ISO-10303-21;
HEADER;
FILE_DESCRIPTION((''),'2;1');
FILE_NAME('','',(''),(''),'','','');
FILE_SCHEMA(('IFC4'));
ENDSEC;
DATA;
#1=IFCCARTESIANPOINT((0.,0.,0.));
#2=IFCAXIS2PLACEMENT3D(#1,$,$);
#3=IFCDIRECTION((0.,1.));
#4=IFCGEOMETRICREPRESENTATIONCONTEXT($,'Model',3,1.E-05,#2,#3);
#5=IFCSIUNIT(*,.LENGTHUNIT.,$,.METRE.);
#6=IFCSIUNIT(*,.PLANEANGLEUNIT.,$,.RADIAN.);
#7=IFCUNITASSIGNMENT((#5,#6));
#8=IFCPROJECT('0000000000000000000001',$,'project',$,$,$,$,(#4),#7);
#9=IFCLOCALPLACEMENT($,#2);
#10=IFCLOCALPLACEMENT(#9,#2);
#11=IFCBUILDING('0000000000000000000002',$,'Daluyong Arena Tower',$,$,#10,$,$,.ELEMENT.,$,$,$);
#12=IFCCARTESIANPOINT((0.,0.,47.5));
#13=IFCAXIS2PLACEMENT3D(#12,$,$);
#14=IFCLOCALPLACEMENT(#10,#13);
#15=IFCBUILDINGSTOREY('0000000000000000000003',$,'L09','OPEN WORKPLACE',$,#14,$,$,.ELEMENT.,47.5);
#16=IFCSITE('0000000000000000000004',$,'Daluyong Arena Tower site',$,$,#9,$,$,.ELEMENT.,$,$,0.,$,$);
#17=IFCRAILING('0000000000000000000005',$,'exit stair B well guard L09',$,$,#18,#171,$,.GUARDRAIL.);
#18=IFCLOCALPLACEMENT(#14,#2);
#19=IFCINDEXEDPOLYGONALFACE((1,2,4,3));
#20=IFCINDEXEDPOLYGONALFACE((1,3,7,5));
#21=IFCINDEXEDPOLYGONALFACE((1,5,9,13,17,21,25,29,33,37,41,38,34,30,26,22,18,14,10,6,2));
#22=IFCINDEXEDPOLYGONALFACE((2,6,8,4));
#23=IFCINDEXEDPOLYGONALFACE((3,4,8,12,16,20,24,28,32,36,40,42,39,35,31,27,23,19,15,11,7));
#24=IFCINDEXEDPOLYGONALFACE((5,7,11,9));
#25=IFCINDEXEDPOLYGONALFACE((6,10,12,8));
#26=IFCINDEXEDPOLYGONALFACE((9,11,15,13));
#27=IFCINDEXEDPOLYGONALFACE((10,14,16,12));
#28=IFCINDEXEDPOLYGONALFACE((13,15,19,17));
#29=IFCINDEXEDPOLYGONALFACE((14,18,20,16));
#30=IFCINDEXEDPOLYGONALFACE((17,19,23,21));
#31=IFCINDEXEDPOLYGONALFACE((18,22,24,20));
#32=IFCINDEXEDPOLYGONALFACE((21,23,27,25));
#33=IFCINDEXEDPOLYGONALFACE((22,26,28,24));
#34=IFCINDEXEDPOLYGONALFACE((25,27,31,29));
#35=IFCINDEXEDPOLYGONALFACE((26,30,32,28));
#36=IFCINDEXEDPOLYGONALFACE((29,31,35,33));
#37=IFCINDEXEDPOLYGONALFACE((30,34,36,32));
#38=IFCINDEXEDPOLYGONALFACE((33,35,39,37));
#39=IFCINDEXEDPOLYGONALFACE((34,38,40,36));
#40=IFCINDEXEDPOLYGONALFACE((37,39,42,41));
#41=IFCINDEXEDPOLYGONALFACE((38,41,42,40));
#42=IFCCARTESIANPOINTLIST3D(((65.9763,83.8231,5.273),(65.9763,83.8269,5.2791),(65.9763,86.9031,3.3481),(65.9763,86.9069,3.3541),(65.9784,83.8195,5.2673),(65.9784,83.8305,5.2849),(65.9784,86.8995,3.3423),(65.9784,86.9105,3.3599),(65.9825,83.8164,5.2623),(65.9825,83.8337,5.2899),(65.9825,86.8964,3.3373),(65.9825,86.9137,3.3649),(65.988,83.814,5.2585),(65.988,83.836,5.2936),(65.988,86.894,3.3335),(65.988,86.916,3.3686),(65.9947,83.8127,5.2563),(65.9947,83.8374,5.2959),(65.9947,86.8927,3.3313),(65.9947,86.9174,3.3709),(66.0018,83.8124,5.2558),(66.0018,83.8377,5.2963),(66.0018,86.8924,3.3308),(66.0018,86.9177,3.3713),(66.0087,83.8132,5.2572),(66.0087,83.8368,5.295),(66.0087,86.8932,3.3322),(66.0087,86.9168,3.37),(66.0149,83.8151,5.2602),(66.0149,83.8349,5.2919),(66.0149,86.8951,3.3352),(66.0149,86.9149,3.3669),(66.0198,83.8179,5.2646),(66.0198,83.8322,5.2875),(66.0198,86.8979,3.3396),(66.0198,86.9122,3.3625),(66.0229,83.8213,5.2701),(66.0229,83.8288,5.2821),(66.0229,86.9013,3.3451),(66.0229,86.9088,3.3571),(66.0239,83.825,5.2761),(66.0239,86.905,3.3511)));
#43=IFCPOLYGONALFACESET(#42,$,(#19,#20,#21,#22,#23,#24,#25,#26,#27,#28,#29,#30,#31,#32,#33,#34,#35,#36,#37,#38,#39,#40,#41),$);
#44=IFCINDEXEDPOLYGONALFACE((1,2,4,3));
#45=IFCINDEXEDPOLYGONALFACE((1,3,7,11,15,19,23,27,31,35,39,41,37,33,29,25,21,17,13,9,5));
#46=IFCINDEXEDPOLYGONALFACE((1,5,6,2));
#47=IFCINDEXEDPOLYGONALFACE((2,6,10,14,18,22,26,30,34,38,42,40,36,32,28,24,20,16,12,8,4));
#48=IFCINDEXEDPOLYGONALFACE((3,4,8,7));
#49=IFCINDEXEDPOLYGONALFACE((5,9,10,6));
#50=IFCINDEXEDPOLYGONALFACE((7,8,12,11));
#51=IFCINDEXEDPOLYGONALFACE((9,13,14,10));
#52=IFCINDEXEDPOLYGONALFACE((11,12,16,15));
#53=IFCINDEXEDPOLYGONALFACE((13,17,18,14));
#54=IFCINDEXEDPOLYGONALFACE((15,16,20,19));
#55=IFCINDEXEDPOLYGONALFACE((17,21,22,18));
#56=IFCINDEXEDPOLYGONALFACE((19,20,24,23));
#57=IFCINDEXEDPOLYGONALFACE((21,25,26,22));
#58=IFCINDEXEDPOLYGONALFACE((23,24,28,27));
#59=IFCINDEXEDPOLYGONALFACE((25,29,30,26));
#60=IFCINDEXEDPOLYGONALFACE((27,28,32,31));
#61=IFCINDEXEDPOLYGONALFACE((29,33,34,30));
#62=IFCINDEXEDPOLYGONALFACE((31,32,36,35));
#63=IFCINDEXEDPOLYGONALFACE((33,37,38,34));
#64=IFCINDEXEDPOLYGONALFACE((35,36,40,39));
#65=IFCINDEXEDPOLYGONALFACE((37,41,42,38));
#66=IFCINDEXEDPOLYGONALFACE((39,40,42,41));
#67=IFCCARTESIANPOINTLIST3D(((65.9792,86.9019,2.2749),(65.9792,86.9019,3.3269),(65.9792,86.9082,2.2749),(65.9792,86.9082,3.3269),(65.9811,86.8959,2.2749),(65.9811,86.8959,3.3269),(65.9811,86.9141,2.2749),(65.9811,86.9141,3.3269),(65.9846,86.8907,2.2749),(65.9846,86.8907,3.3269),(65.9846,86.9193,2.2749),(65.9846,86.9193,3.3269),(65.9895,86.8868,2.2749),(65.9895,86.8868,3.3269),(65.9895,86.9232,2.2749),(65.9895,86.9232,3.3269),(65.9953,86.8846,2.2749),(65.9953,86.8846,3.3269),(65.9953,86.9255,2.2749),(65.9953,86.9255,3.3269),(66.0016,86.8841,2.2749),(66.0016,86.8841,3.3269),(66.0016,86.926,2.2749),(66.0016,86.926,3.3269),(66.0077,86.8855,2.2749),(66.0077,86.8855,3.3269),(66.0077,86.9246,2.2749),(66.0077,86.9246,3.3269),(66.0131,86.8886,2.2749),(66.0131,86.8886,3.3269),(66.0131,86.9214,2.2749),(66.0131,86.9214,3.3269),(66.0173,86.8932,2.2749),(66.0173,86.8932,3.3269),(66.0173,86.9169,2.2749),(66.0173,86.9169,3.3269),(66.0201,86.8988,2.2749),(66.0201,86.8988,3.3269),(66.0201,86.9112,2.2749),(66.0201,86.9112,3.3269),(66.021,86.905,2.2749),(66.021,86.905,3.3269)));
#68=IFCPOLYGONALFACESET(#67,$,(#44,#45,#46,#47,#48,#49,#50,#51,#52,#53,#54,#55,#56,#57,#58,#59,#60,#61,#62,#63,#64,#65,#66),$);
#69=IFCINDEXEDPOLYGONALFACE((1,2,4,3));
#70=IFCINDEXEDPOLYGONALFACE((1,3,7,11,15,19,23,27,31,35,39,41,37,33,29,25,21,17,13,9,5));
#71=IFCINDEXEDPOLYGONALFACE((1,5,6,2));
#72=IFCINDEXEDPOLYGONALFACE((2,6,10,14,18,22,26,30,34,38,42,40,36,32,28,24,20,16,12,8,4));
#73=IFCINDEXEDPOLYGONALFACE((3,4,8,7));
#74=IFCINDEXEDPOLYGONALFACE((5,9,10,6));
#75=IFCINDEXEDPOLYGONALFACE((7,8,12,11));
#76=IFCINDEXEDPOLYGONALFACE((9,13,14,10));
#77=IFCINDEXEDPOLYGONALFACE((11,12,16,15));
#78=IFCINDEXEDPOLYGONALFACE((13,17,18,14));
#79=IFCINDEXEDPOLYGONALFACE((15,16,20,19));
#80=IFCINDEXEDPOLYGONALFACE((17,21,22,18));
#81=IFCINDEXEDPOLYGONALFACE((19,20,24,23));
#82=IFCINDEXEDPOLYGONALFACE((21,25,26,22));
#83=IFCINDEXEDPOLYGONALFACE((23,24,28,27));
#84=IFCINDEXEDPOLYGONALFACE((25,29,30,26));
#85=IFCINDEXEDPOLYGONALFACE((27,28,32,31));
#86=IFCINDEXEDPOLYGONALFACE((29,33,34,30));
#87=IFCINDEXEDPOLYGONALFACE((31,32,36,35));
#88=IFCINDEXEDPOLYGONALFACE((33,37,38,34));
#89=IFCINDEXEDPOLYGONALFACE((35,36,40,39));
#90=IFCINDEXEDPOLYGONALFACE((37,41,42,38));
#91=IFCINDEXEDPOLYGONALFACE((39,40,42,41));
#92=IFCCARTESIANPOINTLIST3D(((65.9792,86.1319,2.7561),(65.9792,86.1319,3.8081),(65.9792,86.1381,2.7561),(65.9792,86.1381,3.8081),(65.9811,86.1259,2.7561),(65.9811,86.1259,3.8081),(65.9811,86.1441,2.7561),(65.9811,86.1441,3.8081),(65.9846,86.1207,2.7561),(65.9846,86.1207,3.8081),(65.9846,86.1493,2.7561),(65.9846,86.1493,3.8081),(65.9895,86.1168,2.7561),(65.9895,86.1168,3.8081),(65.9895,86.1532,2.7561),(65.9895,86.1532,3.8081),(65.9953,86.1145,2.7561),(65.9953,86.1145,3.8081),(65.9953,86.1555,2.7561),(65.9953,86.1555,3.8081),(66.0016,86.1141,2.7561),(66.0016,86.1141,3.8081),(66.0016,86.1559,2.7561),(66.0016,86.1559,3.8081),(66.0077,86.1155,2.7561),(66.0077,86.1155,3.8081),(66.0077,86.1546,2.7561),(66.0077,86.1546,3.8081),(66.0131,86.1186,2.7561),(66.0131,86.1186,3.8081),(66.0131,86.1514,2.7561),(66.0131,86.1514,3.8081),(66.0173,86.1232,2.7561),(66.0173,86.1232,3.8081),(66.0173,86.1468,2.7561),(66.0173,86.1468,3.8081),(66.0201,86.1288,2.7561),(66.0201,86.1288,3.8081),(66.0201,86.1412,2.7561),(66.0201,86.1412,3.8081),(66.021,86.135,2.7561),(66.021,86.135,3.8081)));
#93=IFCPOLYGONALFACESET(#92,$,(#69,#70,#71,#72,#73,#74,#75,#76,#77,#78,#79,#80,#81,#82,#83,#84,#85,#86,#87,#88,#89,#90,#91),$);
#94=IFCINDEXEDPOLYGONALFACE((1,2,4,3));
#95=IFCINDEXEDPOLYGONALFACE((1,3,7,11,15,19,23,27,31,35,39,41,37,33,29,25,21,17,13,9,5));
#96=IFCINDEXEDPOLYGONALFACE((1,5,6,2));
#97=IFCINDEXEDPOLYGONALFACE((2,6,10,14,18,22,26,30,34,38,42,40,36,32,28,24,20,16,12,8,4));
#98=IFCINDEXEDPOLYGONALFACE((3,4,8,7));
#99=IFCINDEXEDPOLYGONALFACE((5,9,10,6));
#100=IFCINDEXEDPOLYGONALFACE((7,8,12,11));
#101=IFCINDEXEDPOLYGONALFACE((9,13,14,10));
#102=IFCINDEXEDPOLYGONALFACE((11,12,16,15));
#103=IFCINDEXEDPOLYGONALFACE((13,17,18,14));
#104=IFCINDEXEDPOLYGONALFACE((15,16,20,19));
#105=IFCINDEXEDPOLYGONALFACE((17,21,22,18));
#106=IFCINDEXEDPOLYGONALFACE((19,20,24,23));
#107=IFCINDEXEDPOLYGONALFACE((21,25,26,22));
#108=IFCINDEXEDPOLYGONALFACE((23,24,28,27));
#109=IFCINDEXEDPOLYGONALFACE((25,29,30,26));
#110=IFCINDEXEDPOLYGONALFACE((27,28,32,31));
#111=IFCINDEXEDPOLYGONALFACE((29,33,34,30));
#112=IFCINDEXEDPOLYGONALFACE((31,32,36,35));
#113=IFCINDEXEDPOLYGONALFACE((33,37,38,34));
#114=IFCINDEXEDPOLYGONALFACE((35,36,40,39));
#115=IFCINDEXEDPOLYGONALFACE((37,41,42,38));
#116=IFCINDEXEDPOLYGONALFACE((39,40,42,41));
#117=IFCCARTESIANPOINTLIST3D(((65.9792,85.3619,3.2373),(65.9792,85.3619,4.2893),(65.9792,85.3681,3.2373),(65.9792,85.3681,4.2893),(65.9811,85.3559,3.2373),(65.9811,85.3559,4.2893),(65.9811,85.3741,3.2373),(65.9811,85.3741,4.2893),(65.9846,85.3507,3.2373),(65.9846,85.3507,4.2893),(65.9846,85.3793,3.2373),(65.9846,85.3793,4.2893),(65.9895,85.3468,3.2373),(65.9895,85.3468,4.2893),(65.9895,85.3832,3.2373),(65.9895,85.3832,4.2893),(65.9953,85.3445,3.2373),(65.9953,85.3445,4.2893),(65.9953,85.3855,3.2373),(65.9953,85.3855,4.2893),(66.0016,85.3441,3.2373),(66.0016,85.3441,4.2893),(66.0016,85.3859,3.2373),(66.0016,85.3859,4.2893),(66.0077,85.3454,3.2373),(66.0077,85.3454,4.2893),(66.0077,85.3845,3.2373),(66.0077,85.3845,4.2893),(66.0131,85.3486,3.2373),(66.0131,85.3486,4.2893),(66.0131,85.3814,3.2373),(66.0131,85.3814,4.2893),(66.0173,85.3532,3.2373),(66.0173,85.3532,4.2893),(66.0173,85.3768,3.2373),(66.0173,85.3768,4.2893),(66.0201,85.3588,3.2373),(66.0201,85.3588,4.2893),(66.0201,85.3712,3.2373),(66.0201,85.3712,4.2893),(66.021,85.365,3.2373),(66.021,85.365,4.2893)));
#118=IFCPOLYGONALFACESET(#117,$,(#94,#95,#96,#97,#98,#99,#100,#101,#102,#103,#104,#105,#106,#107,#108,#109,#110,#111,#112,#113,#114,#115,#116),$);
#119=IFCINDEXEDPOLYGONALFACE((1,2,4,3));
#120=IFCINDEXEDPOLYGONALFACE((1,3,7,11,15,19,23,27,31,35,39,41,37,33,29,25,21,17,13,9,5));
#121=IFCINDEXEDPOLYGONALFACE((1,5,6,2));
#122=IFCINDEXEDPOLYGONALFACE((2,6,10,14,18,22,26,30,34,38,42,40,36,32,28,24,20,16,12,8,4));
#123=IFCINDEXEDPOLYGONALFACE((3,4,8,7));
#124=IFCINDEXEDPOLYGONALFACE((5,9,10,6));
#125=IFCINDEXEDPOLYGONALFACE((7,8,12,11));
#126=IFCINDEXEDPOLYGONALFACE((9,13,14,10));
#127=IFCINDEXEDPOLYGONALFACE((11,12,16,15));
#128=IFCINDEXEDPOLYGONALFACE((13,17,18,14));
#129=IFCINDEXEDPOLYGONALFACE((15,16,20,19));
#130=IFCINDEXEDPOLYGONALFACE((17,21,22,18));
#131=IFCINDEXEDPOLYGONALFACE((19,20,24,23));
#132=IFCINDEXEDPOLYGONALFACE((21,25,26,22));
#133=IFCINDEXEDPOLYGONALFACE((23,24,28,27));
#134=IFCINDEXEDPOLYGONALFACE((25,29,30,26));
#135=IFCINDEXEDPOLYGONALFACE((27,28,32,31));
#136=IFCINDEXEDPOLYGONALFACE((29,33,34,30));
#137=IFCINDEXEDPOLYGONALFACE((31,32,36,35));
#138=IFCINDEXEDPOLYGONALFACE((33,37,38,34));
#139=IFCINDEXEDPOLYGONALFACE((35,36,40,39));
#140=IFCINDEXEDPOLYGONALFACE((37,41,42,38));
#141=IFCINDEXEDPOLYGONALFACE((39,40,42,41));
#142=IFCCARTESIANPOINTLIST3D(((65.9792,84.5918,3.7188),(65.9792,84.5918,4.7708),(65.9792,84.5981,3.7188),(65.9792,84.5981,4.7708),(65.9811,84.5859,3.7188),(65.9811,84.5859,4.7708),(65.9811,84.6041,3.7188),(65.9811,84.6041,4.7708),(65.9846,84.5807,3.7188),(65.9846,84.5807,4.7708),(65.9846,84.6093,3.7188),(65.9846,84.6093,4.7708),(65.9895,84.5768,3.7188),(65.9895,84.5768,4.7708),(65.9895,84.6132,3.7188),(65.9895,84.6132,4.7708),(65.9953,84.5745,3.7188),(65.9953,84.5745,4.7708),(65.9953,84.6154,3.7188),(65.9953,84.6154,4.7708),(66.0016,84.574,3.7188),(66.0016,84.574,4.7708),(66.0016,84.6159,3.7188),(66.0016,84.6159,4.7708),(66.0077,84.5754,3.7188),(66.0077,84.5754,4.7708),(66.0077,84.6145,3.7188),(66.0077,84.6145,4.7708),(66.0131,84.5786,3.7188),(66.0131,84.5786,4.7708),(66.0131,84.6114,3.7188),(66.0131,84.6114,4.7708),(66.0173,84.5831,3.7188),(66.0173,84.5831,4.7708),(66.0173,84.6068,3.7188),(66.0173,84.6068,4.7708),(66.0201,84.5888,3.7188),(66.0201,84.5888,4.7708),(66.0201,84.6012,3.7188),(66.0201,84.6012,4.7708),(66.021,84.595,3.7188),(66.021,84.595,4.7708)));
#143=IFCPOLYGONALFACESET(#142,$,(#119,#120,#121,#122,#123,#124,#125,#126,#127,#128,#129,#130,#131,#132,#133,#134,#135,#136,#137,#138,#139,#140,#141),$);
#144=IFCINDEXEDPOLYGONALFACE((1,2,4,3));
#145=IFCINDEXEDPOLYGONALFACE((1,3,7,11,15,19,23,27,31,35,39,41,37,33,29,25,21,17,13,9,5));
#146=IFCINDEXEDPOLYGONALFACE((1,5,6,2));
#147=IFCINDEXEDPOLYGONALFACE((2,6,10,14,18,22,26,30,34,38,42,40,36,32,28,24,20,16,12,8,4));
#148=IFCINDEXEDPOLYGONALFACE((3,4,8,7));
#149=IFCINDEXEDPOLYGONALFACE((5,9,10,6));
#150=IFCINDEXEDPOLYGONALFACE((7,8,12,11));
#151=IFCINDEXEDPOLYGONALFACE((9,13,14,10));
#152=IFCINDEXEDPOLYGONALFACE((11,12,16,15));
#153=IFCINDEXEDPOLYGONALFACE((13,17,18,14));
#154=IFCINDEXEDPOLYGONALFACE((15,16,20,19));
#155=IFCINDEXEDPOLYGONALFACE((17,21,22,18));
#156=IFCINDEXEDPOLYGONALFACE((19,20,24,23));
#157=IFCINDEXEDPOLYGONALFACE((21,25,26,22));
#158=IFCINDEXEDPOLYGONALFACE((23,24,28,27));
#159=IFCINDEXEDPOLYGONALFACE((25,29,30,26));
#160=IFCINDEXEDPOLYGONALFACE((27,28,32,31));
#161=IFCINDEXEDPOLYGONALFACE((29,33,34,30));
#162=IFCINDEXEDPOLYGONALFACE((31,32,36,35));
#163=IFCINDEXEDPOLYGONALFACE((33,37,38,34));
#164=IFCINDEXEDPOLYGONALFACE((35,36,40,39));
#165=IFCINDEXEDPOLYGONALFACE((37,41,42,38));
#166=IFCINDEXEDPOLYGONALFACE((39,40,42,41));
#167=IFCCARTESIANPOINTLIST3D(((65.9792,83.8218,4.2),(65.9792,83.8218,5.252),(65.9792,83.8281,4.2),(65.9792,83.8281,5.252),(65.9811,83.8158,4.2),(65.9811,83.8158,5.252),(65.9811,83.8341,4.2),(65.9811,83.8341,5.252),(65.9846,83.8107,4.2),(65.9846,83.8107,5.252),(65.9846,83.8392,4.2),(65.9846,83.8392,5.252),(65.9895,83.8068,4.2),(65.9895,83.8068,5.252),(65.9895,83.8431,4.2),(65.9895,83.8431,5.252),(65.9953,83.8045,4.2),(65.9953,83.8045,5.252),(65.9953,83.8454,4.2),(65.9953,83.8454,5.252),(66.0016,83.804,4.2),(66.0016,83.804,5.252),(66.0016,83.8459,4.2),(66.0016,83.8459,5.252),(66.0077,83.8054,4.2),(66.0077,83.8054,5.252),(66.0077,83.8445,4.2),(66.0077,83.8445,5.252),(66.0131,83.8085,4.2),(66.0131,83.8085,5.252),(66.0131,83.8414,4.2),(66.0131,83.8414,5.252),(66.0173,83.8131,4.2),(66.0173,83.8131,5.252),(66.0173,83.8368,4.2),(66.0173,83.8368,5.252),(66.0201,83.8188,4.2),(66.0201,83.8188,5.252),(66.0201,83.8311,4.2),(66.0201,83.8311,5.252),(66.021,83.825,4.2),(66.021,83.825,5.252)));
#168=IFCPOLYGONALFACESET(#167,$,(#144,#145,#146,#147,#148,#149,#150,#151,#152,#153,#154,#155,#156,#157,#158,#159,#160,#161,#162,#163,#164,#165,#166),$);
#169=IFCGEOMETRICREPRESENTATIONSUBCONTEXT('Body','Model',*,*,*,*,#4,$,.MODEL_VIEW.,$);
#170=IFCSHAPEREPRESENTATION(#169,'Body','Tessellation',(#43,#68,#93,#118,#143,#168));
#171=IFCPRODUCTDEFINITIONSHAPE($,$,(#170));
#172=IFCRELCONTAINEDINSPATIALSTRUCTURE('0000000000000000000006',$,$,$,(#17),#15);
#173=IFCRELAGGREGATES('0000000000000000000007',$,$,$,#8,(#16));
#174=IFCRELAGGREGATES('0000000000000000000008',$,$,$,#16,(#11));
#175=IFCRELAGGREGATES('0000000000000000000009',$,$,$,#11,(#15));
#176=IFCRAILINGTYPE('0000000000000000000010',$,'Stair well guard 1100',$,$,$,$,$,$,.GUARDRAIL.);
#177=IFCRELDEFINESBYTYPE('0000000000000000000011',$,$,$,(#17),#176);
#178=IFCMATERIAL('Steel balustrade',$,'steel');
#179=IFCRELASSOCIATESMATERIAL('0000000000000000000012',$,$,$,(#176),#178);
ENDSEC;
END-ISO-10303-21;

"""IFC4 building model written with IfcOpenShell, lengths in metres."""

from ifc_helpers import new_model, si_unit, direction, frame, origin, origin_2d, place, context, subcontext, project, spatial, circle, extrude, material, type_object, element, save


model = new_model("IFC4")

# Units and contexts
model_context = context("Model", 3, precision=1e-05, world=origin(), true_north=direction((0.0, 1.0)))
body_context = subcontext(model_context, "Body", "Model", "MODEL_VIEW")
ifc_project = project(units=[si_unit("LENGTHUNIT", "METRE"), si_unit("PLANEANGLEUNIT", "RADIAN")], contexts=[model_context])

# Site, building, storey
site_placement = place(None, origin())
site = spatial("IfcSite", under=ifc_project, at=site_placement, Name="Daluyong Arena Tower site", CompositionType="ELEMENT", RefElevation=0.0)
building_placement = place(site_placement, origin())
building = spatial("IfcBuilding", under=site, at=building_placement, Name="Daluyong Arena Tower", CompositionType="ELEMENT")
storey_placement = place(building_placement, frame((0.0, 0.0, 47.5)))
storey = spatial("IfcBuildingStorey", under=building, at=storey_placement, Name="L09", Description="OPEN WORKPLACE", CompositionType="ELEMENT", Elevation=47.5)

# Railing
ifc_material_1 = material(Name="Steel balustrade", Category="steel")
railing_type_1 = type_object("IfcRailingType", Name="Stair well guard 1100", PredefinedType="GUARDRAIL", material=ifc_material_1)
railing_1_placement = place(storey_placement, frame((66.0, 86.905, 2.2749)))
element("IfcRailing", 1, at=railing_1_placement, inside=storey, type_object=railing_type_1, Name="exit stair B well guard L09", PredefinedType="GUARDRAIL", context=body_context, shape_type="SweptSolid", body=[
    extrude(circle(Radius=0.0239, at=origin_2d()), frame((0.0, 0.0, 1.0762), z_axis=(0.0, -0.847998, 0.529999), x_axis=(1.0, 0.0, 0.0)), (0.0, 0.0, 1.0), 3.6321),
    extrude(circle(Radius=0.021, at=origin_2d()), origin(), (0.0, 0.0, 1.0), 1.052),
    extrude(circle(Radius=0.021, at=origin_2d()), frame((0.0, -0.77, 0.4812)), (0.0, 0.0, 1.0), 1.052),
    extrude(circle(Radius=0.021, at=origin_2d()), frame((0.0, -1.54, 0.9624)), (0.0, 0.0, 1.0), 1.052),
    extrude(circle(Radius=0.021, at=origin_2d()), frame((0.0, -2.3101, 1.4438)), (0.0, 0.0, 1.0), 1.052),
    extrude(circle(Radius=0.021, at=origin_2d()), frame((0.0, -3.0801, 1.925)), (0.0, 0.0, 1.0), 1.052),
])

save(model, "model.ifc")
